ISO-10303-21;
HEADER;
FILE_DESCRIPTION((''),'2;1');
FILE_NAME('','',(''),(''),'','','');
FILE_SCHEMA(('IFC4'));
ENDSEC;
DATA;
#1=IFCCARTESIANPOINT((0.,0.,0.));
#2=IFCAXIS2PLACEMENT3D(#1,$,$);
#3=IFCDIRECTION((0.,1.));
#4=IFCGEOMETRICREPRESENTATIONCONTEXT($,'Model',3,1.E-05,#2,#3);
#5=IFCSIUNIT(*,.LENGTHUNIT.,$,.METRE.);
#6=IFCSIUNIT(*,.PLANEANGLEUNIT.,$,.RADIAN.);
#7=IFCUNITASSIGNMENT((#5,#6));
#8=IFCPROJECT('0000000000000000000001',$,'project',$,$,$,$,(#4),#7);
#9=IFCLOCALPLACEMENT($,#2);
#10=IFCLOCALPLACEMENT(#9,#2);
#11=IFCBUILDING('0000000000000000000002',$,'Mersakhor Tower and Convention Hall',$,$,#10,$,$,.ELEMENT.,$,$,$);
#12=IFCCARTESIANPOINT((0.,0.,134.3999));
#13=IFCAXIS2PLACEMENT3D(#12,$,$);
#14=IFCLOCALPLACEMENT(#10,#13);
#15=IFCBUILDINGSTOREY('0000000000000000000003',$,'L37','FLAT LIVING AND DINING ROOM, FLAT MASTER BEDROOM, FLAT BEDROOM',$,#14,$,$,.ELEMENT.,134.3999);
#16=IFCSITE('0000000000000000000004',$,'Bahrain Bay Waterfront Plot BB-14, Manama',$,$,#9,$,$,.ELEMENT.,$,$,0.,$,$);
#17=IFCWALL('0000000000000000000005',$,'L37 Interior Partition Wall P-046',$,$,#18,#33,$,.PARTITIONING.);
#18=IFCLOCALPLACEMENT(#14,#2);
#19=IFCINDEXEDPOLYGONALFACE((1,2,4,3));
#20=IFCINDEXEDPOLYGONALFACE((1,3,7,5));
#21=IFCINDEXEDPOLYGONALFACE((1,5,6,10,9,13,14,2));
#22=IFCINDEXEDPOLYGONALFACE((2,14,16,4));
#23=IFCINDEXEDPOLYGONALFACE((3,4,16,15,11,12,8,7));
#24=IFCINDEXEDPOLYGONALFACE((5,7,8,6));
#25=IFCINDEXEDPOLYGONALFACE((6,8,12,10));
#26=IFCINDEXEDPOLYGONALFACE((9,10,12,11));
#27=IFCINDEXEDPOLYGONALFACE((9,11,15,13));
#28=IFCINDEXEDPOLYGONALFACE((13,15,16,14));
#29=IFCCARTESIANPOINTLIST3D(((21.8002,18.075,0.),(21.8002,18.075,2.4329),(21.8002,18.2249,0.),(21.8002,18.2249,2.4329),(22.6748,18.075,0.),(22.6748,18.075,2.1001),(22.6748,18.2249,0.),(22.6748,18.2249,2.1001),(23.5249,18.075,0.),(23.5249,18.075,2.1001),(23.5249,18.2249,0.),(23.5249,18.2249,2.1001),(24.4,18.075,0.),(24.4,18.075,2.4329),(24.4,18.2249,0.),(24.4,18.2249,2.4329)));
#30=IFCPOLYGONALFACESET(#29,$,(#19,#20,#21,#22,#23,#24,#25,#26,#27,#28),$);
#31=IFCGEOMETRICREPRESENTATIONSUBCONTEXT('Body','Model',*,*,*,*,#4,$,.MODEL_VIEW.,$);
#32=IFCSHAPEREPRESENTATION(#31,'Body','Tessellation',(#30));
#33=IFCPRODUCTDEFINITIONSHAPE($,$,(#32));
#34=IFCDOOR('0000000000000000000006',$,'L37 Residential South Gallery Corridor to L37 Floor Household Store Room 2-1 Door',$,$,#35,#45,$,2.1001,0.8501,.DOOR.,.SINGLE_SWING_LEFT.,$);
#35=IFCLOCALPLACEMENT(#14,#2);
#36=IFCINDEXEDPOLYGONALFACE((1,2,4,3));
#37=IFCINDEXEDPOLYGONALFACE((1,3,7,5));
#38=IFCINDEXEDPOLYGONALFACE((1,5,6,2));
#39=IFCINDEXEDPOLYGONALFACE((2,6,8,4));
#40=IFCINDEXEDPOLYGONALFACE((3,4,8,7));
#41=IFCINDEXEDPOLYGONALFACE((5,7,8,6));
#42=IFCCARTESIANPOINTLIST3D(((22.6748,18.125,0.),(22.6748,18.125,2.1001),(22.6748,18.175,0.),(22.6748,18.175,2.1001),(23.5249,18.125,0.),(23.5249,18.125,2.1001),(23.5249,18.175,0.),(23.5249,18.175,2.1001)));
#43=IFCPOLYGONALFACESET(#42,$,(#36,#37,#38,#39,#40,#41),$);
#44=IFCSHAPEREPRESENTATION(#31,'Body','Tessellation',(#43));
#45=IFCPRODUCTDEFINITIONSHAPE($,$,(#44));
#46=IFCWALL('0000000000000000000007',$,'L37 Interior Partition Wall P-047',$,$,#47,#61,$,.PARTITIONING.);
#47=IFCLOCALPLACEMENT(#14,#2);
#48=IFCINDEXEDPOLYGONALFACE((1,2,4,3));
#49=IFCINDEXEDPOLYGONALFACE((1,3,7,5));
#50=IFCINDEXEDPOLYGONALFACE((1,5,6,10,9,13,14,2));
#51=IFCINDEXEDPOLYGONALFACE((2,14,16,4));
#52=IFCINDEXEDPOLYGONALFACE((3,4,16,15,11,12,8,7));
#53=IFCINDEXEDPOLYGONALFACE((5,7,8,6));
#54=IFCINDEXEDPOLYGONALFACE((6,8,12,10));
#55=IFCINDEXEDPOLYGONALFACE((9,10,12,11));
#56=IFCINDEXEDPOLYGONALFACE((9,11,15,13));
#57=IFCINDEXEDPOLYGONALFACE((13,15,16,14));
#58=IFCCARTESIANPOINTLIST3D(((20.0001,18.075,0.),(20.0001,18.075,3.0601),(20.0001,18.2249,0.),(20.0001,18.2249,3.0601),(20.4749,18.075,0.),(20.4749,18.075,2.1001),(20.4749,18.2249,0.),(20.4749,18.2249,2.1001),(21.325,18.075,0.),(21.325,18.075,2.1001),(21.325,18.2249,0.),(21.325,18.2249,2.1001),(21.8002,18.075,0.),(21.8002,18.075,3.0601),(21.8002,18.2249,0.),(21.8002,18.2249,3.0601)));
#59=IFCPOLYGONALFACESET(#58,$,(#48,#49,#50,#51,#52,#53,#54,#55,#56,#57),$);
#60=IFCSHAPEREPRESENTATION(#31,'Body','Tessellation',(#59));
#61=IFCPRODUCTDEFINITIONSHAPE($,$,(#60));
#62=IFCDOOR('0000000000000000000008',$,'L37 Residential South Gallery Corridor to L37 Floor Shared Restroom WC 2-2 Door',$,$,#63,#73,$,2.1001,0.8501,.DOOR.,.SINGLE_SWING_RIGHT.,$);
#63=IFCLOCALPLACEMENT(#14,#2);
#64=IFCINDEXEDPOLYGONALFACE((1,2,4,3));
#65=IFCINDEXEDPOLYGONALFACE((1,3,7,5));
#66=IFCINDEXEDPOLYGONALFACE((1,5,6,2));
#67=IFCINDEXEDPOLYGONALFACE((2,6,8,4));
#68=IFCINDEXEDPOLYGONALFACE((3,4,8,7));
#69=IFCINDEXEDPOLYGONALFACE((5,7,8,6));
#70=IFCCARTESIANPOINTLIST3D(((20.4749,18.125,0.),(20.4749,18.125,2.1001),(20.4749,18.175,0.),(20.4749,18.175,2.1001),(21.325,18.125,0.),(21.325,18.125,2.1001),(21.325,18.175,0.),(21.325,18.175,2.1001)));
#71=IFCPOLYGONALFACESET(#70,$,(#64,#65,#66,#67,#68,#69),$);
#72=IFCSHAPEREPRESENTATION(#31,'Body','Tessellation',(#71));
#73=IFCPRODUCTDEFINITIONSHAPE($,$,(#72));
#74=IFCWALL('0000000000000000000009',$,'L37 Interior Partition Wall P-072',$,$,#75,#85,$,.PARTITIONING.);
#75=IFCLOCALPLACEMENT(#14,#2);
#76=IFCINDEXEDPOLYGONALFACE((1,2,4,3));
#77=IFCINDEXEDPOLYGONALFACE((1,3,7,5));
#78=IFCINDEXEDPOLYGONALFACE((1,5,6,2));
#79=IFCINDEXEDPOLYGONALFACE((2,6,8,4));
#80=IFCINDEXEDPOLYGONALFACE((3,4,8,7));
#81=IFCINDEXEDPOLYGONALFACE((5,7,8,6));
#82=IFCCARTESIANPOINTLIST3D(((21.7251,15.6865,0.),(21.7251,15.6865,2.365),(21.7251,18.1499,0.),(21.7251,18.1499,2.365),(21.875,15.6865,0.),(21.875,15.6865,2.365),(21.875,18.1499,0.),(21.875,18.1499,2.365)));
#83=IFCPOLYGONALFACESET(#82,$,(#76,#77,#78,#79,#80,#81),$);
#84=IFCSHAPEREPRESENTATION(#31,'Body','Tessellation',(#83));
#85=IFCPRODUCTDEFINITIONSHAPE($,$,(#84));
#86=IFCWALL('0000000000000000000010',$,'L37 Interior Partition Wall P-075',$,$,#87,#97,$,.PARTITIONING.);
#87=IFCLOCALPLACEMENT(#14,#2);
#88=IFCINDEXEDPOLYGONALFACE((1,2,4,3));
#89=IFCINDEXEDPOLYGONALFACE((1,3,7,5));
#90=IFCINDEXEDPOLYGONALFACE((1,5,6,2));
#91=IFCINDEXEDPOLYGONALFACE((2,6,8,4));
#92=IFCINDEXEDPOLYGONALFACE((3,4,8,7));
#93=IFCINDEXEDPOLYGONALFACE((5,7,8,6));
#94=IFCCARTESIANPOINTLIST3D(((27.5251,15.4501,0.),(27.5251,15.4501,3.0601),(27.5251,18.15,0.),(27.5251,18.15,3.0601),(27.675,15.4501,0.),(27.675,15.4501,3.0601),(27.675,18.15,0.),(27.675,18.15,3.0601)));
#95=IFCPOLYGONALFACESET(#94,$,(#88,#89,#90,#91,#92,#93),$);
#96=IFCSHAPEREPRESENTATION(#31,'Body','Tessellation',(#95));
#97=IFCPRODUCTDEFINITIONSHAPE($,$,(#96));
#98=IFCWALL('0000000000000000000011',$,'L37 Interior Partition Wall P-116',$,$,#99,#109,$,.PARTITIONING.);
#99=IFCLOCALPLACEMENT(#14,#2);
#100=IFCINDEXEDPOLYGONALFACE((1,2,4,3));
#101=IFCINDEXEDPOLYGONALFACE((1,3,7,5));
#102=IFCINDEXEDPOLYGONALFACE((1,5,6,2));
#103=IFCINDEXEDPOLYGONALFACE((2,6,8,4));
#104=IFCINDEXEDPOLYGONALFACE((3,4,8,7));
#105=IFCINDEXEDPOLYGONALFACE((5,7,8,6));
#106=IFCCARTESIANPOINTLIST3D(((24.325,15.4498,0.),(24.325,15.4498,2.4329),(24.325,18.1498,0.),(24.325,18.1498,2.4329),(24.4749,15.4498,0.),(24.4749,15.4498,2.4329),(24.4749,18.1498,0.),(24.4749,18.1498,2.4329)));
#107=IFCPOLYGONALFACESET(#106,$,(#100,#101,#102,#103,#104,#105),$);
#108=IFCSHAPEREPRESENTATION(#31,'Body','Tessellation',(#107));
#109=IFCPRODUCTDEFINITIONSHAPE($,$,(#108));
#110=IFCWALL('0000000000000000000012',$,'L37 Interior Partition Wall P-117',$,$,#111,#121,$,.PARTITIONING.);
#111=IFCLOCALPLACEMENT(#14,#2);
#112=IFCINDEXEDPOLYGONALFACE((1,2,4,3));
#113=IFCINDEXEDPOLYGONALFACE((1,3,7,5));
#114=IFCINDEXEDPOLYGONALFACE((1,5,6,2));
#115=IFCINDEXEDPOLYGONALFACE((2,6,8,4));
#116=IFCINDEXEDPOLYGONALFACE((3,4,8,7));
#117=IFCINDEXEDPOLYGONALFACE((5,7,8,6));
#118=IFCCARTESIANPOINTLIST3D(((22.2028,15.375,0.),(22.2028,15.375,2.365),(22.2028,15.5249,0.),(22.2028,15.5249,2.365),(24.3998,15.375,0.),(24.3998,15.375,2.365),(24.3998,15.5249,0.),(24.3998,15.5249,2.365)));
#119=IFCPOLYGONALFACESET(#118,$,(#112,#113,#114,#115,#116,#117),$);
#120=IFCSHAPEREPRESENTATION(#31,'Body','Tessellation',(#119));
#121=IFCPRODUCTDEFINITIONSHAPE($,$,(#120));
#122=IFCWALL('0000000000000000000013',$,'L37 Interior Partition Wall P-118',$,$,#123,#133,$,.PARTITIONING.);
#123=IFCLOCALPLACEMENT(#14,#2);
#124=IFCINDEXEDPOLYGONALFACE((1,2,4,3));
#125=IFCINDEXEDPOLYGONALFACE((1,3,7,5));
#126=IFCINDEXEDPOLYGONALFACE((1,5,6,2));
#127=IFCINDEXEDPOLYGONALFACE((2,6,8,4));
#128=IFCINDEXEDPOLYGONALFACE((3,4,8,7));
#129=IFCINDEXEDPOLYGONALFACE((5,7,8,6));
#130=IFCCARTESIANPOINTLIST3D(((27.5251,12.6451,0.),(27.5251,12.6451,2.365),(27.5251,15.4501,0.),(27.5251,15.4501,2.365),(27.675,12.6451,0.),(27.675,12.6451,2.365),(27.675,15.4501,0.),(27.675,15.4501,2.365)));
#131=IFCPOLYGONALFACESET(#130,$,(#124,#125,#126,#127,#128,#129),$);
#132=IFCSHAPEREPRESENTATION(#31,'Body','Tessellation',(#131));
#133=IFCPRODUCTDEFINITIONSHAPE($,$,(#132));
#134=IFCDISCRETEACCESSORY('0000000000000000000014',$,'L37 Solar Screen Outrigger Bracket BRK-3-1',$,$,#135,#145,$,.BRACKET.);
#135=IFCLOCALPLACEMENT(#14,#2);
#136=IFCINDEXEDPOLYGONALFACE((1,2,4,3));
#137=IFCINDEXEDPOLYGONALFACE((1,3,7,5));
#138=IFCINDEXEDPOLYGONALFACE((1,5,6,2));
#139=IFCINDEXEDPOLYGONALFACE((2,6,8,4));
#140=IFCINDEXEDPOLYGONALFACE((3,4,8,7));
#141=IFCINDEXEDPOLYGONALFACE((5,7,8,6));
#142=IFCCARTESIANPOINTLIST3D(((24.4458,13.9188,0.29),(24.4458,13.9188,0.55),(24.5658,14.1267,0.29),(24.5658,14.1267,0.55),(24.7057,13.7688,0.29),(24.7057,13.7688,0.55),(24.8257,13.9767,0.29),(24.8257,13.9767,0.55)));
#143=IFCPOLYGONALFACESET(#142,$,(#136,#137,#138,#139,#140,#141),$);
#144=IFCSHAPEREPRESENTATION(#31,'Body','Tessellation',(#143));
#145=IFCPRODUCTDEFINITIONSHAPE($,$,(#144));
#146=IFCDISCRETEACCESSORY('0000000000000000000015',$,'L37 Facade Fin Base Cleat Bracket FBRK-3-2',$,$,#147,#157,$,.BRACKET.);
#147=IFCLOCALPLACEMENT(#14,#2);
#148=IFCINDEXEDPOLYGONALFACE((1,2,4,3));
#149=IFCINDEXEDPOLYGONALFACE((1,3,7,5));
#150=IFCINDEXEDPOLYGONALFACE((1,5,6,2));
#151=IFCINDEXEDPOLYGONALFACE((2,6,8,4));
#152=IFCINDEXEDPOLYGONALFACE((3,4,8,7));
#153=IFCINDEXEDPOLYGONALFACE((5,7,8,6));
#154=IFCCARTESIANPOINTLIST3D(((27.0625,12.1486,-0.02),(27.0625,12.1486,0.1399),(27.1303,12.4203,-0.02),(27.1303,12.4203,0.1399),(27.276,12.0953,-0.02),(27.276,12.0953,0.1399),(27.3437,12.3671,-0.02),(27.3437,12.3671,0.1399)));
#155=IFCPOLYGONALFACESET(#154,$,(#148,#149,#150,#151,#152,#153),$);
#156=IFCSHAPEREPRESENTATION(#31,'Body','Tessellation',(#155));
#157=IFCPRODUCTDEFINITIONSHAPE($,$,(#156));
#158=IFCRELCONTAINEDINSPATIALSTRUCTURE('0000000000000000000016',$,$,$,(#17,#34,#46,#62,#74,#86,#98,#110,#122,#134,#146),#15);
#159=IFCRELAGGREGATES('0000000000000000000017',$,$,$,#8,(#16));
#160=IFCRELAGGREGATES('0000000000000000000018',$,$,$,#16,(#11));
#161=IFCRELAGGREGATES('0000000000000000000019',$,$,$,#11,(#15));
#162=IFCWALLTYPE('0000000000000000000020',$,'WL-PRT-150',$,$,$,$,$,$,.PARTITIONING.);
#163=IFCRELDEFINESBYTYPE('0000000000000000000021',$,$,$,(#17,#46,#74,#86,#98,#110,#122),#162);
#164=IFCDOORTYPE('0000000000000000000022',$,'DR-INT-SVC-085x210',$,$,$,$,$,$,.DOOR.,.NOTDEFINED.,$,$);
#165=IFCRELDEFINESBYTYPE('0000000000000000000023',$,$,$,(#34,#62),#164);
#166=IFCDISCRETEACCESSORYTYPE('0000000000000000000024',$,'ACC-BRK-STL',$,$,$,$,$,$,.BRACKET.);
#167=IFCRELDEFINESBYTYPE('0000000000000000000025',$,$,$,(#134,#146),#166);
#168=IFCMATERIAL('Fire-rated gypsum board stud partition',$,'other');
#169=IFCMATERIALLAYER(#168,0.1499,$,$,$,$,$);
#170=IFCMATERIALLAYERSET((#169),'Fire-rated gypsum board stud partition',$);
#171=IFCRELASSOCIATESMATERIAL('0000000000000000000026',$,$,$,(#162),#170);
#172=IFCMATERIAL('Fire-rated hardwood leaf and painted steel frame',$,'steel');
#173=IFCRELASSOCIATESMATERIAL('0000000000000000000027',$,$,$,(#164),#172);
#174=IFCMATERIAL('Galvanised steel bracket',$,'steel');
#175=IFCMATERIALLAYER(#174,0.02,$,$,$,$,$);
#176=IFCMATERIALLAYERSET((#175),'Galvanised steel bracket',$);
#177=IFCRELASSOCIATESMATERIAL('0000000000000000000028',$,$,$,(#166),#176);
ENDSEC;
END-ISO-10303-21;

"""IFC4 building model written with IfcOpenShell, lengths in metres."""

from ifc_helpers import new_model, si_unit, direction, frame, frame_2d, origin, origin_2d, place, context, subcontext, project, spatial, rectangle, extrude, material, layer, layer_set, type_object, element, fill, save


model = new_model("IFC4")

# Units and contexts
model_context = context("Model", 3, precision=1e-05, world=origin(), true_north=direction((0.0, 1.0)))
body_context = subcontext(model_context, "Body", "Model", "MODEL_VIEW")
ifc_project = project(units=[si_unit("LENGTHUNIT", "METRE"), si_unit("PLANEANGLEUNIT", "RADIAN")], contexts=[model_context])

# Site, building, storey
site_placement = place(None, origin())
site = spatial("IfcSite", under=ifc_project, at=site_placement, Name="Bahrain Bay Waterfront Plot BB-14, Manama", CompositionType="ELEMENT", RefElevation=0.0)
building_placement = place(site_placement, origin())
building = spatial("IfcBuilding", under=site, at=building_placement, Name="Mersakhor Tower and Convention Hall", CompositionType="ELEMENT")
storey_placement = place(building_placement, frame((0.0, 0.0, 134.3999)))
storey = spatial("IfcBuildingStorey", under=building, at=storey_placement, Name="L37", Description="FLAT LIVING AND DINING ROOM, FLAT MASTER BEDROOM, FLAT BEDROOM", CompositionType="ELEMENT", Elevation=134.3999)

# Walls, openings, doors
ifc_material_1 = material(Name="Fire-rated gypsum board stud partition", Category="other")
ifc_layer_1 = layer(ifc_material_1, 0.1499)
ifc_layer_set_1 = layer_set([ifc_layer_1], Name="Fire-rated gypsum board stud partition")
wall_type_1 = type_object("IfcWallType", Name="WL-PRT-150", PredefinedType="PARTITIONING", material=ifc_layer_set_1)
wall_1_placement = place(storey_placement, frame((24.3999, 18.1499, 0.0), z_axis=(0.0, 0.0, 1.0), x_axis=(-1.0, 0.0, 0.0)))
wall_1 = element("IfcWall", 1, at=wall_1_placement, inside=storey, type_object=wall_type_1, Name="L37 Interior Partition Wall P-046", PredefinedType="PARTITIONING", context=body_context, shape_type="SweptSolid", body=[
    extrude(rectangle(XDim=2.5999, YDim=0.1499, at=frame_2d((1.2998, 0.0))), origin(), (0.0, 0.0, 1.0), 2.4329),
])
opening_1_placement = place(wall_1_placement, frame((0.875, 0.0, 0.0)))
opening_1 = element("IfcOpeningElement", 2, at=opening_1_placement, cuts=wall_1, PredefinedType="OPENING", context=body_context, shape_type="SweptSolid", body=[
    extrude(rectangle(XDim=0.8501, YDim=2.1001, at=frame_2d((0.425, 1.05))), frame((0.0, 0.085, 0.0), z_axis=(0.0, -1.0, 0.0), x_axis=(1.0, 0.0, 0.0)), (0.0, 0.0, 1.0), 0.1699),
])
ifc_material_2 = material(Name="Fire-rated hardwood leaf and painted steel frame", Category="steel")
door_type = type_object("IfcDoorType", Name="DR-INT-SVC-085x210", OperationType="NOTDEFINED", PredefinedType="DOOR", material=ifc_material_2)
door_1_placement = place(opening_1_placement, origin())
door_1 = element("IfcDoor", 3, at=door_1_placement, inside=storey, type_object=door_type, Name="L37 Residential South Gallery Corridor to L37 Floor Household Store Room 2-1 Door", OperationType="SINGLE_SWING_LEFT", OverallHeight=2.1001, OverallWidth=0.8501, PredefinedType="DOOR", context=body_context, shape_type="SweptSolid", body=[
    extrude(rectangle(XDim=0.8501, YDim=2.1001, at=frame_2d((0.425, 1.05))), frame((0.0, 0.0249, 0.0), z_axis=(0.0, -1.0, 0.0), x_axis=(1.0, 0.0, 0.0)), (0.0, 0.0, 1.0), 0.05),
])
fill(opening_1, door_1)
wall_2_placement = place(storey_placement, frame((21.8, 18.1499, 0.0), z_axis=(0.0, 0.0, 1.0), x_axis=(-1.0, 0.0, 0.0)))
wall_2 = element("IfcWall", 4, at=wall_2_placement, inside=storey, type_object=wall_type_1, Name="L37 Interior Partition Wall P-047", PredefinedType="PARTITIONING", context=body_context, shape_type="SweptSolid", body=[
    extrude(rectangle(XDim=1.8, YDim=0.1499, at=frame_2d((0.8999, 0.0))), origin(), (0.0, 0.0, 1.0), 3.0601),
])
opening_2_placement = place(wall_2_placement, frame((0.4751, 0.0, 0.0)))
opening_2 = element("IfcOpeningElement", 5, at=opening_2_placement, cuts=wall_2, PredefinedType="OPENING", context=body_context, shape_type="SweptSolid", body=[
    extrude(rectangle(XDim=0.8501, YDim=2.1001, at=frame_2d((0.425, 1.05))), frame((0.0, 0.085, 0.0), z_axis=(0.0, -1.0, 0.0), x_axis=(1.0, 0.0, 0.0)), (0.0, 0.0, 1.0), 0.1699),
])
door_2_placement = place(opening_2_placement, origin())
door_2 = element("IfcDoor", 6, at=door_2_placement, inside=storey, type_object=door_type, Name="L37 Residential South Gallery Corridor to L37 Floor Shared Restroom WC 2-2 Door", OperationType="SINGLE_SWING_RIGHT", OverallHeight=2.1001, OverallWidth=0.8501, PredefinedType="DOOR", context=body_context, shape_type="SweptSolid", body=[
    extrude(rectangle(XDim=0.8501, YDim=2.1001, at=frame_2d((0.425, 1.05))), frame((0.0, 0.0249, 0.0), z_axis=(0.0, -1.0, 0.0), x_axis=(1.0, 0.0, 0.0)), (0.0, 0.0, 1.0), 0.05),
])
fill(opening_2, door_2)

# Walls
wall_3_placement = place(storey_placement, frame((21.8, 18.1499, 0.0), z_axis=(0.0, 0.0, 1.0), x_axis=(0.0, -1.0, 0.0)))
element("IfcWall", 7, at=wall_3_placement, inside=storey, type_object=wall_type_1, Name="L37 Interior Partition Wall P-072", PredefinedType="PARTITIONING", context=body_context, shape_type="SweptSolid", body=[
    extrude(rectangle(XDim=2.4634, YDim=0.1499, at=frame_2d((1.2317, 0.0))), origin(), (0.0, 0.0, 1.0), 2.365),
])
wall_4_placement = place(storey_placement, frame((27.6001, 15.45, 0.0), z_axis=(0.0, 0.0, 1.0), x_axis=(0.0, 1.0, 0.0)))
element("IfcWall", 8, at=wall_4_placement, inside=storey, type_object=wall_type_1, Name="L37 Interior Partition Wall P-075", PredefinedType="PARTITIONING", context=body_context, shape_type="SweptSolid", body=[
    extrude(rectangle(XDim=2.7, YDim=0.1499, at=frame_2d((1.3501, 0.0))), origin(), (0.0, 0.0, 1.0), 3.0601),
])
wall_5_placement = place(storey_placement, frame((24.3999, 18.1499, 0.0), z_axis=(0.0, 0.0, 1.0), x_axis=(0.0, -1.0, 0.0)))
element("IfcWall", 9, at=wall_5_placement, inside=storey, type_object=wall_type_1, Name="L37 Interior Partition Wall P-116", PredefinedType="PARTITIONING", context=body_context, shape_type="SweptSolid", body=[
    extrude(rectangle(XDim=2.7, YDim=0.1499, at=frame_2d((1.3501, 0.0))), origin(), (0.0, 0.0, 1.0), 2.4329),
])
wall_6_placement = place(storey_placement, frame((24.3999, 15.45, 0.0), z_axis=(0.0, 0.0, 1.0), x_axis=(-1.0, 0.0, 0.0)))
element("IfcWall", 10, at=wall_6_placement, inside=storey, type_object=wall_type_1, Name="L37 Interior Partition Wall P-117", PredefinedType="PARTITIONING", context=body_context, shape_type="SweptSolid", body=[
    extrude(rectangle(XDim=2.197, YDim=0.1499, at=frame_2d((1.0986, 0.0))), origin(), (0.0, 0.0, 1.0), 2.365),
])
wall_7_placement = place(storey_placement, frame((27.6001, 15.45, 0.0), z_axis=(0.0, 0.0, 1.0), x_axis=(0.0, -1.0, 0.0)))
element("IfcWall", 11, at=wall_7_placement, inside=storey, type_object=wall_type_1, Name="L37 Interior Partition Wall P-118", PredefinedType="PARTITIONING", context=body_context, shape_type="SweptSolid", body=[
    extrude(rectangle(XDim=2.8049, YDim=0.1499, at=frame_2d((1.4023, 0.0))), origin(), (0.0, 0.0, 1.0), 2.365),
])

# Discrete accessories
ifc_material_3 = material(Name="Galvanised steel bracket", Category="steel")
ifc_layer_2 = layer(ifc_material_3, 0.02)
ifc_layer_set_2 = layer_set([ifc_layer_2], Name="Galvanised steel bracket")
discrete_accessory_type = type_object("IfcDiscreteAccessoryType", Name="ACC-BRK-STL", PredefinedType="BRACKET", material=ifc_layer_set_2)
discrete_accessory_1_placement = place(storey_placement, frame((24.6357, 13.9478, 0.29), z_axis=(0.0, 0.0, 1.0), x_axis=(-0.866025, 0.5, 0.0)))
element("IfcDiscreteAccessory", 12, at=discrete_accessory_1_placement, inside=storey, type_object=discrete_accessory_type, Name="L37 Solar Screen Outrigger Bracket BRK-3-1", PredefinedType="BRACKET", context=body_context, shape_type="SweptSolid", body=[
    extrude(rectangle(XDim=0.3, YDim=0.24, at=origin_2d()), origin(), (0.0, 0.0, 1.0), 0.26),
])
discrete_accessory_2_placement = place(storey_placement, frame((27.2031, 12.2578, -0.02), z_axis=(0.0, 0.0, 1.0), x_axis=(-0.241922, -0.970296, 0.0)))
element("IfcDiscreteAccessory", 13, at=discrete_accessory_2_placement, inside=storey, type_object=discrete_accessory_type, Name="L37 Facade Fin Base Cleat Bracket FBRK-3-2", PredefinedType="BRACKET", context=body_context, shape_type="SweptSolid", body=[
    extrude(rectangle(XDim=0.28, YDim=0.22, at=origin_2d()), origin(), (0.0, 0.0, 1.0), 0.1599),
])

save(model, "model.ifc")
